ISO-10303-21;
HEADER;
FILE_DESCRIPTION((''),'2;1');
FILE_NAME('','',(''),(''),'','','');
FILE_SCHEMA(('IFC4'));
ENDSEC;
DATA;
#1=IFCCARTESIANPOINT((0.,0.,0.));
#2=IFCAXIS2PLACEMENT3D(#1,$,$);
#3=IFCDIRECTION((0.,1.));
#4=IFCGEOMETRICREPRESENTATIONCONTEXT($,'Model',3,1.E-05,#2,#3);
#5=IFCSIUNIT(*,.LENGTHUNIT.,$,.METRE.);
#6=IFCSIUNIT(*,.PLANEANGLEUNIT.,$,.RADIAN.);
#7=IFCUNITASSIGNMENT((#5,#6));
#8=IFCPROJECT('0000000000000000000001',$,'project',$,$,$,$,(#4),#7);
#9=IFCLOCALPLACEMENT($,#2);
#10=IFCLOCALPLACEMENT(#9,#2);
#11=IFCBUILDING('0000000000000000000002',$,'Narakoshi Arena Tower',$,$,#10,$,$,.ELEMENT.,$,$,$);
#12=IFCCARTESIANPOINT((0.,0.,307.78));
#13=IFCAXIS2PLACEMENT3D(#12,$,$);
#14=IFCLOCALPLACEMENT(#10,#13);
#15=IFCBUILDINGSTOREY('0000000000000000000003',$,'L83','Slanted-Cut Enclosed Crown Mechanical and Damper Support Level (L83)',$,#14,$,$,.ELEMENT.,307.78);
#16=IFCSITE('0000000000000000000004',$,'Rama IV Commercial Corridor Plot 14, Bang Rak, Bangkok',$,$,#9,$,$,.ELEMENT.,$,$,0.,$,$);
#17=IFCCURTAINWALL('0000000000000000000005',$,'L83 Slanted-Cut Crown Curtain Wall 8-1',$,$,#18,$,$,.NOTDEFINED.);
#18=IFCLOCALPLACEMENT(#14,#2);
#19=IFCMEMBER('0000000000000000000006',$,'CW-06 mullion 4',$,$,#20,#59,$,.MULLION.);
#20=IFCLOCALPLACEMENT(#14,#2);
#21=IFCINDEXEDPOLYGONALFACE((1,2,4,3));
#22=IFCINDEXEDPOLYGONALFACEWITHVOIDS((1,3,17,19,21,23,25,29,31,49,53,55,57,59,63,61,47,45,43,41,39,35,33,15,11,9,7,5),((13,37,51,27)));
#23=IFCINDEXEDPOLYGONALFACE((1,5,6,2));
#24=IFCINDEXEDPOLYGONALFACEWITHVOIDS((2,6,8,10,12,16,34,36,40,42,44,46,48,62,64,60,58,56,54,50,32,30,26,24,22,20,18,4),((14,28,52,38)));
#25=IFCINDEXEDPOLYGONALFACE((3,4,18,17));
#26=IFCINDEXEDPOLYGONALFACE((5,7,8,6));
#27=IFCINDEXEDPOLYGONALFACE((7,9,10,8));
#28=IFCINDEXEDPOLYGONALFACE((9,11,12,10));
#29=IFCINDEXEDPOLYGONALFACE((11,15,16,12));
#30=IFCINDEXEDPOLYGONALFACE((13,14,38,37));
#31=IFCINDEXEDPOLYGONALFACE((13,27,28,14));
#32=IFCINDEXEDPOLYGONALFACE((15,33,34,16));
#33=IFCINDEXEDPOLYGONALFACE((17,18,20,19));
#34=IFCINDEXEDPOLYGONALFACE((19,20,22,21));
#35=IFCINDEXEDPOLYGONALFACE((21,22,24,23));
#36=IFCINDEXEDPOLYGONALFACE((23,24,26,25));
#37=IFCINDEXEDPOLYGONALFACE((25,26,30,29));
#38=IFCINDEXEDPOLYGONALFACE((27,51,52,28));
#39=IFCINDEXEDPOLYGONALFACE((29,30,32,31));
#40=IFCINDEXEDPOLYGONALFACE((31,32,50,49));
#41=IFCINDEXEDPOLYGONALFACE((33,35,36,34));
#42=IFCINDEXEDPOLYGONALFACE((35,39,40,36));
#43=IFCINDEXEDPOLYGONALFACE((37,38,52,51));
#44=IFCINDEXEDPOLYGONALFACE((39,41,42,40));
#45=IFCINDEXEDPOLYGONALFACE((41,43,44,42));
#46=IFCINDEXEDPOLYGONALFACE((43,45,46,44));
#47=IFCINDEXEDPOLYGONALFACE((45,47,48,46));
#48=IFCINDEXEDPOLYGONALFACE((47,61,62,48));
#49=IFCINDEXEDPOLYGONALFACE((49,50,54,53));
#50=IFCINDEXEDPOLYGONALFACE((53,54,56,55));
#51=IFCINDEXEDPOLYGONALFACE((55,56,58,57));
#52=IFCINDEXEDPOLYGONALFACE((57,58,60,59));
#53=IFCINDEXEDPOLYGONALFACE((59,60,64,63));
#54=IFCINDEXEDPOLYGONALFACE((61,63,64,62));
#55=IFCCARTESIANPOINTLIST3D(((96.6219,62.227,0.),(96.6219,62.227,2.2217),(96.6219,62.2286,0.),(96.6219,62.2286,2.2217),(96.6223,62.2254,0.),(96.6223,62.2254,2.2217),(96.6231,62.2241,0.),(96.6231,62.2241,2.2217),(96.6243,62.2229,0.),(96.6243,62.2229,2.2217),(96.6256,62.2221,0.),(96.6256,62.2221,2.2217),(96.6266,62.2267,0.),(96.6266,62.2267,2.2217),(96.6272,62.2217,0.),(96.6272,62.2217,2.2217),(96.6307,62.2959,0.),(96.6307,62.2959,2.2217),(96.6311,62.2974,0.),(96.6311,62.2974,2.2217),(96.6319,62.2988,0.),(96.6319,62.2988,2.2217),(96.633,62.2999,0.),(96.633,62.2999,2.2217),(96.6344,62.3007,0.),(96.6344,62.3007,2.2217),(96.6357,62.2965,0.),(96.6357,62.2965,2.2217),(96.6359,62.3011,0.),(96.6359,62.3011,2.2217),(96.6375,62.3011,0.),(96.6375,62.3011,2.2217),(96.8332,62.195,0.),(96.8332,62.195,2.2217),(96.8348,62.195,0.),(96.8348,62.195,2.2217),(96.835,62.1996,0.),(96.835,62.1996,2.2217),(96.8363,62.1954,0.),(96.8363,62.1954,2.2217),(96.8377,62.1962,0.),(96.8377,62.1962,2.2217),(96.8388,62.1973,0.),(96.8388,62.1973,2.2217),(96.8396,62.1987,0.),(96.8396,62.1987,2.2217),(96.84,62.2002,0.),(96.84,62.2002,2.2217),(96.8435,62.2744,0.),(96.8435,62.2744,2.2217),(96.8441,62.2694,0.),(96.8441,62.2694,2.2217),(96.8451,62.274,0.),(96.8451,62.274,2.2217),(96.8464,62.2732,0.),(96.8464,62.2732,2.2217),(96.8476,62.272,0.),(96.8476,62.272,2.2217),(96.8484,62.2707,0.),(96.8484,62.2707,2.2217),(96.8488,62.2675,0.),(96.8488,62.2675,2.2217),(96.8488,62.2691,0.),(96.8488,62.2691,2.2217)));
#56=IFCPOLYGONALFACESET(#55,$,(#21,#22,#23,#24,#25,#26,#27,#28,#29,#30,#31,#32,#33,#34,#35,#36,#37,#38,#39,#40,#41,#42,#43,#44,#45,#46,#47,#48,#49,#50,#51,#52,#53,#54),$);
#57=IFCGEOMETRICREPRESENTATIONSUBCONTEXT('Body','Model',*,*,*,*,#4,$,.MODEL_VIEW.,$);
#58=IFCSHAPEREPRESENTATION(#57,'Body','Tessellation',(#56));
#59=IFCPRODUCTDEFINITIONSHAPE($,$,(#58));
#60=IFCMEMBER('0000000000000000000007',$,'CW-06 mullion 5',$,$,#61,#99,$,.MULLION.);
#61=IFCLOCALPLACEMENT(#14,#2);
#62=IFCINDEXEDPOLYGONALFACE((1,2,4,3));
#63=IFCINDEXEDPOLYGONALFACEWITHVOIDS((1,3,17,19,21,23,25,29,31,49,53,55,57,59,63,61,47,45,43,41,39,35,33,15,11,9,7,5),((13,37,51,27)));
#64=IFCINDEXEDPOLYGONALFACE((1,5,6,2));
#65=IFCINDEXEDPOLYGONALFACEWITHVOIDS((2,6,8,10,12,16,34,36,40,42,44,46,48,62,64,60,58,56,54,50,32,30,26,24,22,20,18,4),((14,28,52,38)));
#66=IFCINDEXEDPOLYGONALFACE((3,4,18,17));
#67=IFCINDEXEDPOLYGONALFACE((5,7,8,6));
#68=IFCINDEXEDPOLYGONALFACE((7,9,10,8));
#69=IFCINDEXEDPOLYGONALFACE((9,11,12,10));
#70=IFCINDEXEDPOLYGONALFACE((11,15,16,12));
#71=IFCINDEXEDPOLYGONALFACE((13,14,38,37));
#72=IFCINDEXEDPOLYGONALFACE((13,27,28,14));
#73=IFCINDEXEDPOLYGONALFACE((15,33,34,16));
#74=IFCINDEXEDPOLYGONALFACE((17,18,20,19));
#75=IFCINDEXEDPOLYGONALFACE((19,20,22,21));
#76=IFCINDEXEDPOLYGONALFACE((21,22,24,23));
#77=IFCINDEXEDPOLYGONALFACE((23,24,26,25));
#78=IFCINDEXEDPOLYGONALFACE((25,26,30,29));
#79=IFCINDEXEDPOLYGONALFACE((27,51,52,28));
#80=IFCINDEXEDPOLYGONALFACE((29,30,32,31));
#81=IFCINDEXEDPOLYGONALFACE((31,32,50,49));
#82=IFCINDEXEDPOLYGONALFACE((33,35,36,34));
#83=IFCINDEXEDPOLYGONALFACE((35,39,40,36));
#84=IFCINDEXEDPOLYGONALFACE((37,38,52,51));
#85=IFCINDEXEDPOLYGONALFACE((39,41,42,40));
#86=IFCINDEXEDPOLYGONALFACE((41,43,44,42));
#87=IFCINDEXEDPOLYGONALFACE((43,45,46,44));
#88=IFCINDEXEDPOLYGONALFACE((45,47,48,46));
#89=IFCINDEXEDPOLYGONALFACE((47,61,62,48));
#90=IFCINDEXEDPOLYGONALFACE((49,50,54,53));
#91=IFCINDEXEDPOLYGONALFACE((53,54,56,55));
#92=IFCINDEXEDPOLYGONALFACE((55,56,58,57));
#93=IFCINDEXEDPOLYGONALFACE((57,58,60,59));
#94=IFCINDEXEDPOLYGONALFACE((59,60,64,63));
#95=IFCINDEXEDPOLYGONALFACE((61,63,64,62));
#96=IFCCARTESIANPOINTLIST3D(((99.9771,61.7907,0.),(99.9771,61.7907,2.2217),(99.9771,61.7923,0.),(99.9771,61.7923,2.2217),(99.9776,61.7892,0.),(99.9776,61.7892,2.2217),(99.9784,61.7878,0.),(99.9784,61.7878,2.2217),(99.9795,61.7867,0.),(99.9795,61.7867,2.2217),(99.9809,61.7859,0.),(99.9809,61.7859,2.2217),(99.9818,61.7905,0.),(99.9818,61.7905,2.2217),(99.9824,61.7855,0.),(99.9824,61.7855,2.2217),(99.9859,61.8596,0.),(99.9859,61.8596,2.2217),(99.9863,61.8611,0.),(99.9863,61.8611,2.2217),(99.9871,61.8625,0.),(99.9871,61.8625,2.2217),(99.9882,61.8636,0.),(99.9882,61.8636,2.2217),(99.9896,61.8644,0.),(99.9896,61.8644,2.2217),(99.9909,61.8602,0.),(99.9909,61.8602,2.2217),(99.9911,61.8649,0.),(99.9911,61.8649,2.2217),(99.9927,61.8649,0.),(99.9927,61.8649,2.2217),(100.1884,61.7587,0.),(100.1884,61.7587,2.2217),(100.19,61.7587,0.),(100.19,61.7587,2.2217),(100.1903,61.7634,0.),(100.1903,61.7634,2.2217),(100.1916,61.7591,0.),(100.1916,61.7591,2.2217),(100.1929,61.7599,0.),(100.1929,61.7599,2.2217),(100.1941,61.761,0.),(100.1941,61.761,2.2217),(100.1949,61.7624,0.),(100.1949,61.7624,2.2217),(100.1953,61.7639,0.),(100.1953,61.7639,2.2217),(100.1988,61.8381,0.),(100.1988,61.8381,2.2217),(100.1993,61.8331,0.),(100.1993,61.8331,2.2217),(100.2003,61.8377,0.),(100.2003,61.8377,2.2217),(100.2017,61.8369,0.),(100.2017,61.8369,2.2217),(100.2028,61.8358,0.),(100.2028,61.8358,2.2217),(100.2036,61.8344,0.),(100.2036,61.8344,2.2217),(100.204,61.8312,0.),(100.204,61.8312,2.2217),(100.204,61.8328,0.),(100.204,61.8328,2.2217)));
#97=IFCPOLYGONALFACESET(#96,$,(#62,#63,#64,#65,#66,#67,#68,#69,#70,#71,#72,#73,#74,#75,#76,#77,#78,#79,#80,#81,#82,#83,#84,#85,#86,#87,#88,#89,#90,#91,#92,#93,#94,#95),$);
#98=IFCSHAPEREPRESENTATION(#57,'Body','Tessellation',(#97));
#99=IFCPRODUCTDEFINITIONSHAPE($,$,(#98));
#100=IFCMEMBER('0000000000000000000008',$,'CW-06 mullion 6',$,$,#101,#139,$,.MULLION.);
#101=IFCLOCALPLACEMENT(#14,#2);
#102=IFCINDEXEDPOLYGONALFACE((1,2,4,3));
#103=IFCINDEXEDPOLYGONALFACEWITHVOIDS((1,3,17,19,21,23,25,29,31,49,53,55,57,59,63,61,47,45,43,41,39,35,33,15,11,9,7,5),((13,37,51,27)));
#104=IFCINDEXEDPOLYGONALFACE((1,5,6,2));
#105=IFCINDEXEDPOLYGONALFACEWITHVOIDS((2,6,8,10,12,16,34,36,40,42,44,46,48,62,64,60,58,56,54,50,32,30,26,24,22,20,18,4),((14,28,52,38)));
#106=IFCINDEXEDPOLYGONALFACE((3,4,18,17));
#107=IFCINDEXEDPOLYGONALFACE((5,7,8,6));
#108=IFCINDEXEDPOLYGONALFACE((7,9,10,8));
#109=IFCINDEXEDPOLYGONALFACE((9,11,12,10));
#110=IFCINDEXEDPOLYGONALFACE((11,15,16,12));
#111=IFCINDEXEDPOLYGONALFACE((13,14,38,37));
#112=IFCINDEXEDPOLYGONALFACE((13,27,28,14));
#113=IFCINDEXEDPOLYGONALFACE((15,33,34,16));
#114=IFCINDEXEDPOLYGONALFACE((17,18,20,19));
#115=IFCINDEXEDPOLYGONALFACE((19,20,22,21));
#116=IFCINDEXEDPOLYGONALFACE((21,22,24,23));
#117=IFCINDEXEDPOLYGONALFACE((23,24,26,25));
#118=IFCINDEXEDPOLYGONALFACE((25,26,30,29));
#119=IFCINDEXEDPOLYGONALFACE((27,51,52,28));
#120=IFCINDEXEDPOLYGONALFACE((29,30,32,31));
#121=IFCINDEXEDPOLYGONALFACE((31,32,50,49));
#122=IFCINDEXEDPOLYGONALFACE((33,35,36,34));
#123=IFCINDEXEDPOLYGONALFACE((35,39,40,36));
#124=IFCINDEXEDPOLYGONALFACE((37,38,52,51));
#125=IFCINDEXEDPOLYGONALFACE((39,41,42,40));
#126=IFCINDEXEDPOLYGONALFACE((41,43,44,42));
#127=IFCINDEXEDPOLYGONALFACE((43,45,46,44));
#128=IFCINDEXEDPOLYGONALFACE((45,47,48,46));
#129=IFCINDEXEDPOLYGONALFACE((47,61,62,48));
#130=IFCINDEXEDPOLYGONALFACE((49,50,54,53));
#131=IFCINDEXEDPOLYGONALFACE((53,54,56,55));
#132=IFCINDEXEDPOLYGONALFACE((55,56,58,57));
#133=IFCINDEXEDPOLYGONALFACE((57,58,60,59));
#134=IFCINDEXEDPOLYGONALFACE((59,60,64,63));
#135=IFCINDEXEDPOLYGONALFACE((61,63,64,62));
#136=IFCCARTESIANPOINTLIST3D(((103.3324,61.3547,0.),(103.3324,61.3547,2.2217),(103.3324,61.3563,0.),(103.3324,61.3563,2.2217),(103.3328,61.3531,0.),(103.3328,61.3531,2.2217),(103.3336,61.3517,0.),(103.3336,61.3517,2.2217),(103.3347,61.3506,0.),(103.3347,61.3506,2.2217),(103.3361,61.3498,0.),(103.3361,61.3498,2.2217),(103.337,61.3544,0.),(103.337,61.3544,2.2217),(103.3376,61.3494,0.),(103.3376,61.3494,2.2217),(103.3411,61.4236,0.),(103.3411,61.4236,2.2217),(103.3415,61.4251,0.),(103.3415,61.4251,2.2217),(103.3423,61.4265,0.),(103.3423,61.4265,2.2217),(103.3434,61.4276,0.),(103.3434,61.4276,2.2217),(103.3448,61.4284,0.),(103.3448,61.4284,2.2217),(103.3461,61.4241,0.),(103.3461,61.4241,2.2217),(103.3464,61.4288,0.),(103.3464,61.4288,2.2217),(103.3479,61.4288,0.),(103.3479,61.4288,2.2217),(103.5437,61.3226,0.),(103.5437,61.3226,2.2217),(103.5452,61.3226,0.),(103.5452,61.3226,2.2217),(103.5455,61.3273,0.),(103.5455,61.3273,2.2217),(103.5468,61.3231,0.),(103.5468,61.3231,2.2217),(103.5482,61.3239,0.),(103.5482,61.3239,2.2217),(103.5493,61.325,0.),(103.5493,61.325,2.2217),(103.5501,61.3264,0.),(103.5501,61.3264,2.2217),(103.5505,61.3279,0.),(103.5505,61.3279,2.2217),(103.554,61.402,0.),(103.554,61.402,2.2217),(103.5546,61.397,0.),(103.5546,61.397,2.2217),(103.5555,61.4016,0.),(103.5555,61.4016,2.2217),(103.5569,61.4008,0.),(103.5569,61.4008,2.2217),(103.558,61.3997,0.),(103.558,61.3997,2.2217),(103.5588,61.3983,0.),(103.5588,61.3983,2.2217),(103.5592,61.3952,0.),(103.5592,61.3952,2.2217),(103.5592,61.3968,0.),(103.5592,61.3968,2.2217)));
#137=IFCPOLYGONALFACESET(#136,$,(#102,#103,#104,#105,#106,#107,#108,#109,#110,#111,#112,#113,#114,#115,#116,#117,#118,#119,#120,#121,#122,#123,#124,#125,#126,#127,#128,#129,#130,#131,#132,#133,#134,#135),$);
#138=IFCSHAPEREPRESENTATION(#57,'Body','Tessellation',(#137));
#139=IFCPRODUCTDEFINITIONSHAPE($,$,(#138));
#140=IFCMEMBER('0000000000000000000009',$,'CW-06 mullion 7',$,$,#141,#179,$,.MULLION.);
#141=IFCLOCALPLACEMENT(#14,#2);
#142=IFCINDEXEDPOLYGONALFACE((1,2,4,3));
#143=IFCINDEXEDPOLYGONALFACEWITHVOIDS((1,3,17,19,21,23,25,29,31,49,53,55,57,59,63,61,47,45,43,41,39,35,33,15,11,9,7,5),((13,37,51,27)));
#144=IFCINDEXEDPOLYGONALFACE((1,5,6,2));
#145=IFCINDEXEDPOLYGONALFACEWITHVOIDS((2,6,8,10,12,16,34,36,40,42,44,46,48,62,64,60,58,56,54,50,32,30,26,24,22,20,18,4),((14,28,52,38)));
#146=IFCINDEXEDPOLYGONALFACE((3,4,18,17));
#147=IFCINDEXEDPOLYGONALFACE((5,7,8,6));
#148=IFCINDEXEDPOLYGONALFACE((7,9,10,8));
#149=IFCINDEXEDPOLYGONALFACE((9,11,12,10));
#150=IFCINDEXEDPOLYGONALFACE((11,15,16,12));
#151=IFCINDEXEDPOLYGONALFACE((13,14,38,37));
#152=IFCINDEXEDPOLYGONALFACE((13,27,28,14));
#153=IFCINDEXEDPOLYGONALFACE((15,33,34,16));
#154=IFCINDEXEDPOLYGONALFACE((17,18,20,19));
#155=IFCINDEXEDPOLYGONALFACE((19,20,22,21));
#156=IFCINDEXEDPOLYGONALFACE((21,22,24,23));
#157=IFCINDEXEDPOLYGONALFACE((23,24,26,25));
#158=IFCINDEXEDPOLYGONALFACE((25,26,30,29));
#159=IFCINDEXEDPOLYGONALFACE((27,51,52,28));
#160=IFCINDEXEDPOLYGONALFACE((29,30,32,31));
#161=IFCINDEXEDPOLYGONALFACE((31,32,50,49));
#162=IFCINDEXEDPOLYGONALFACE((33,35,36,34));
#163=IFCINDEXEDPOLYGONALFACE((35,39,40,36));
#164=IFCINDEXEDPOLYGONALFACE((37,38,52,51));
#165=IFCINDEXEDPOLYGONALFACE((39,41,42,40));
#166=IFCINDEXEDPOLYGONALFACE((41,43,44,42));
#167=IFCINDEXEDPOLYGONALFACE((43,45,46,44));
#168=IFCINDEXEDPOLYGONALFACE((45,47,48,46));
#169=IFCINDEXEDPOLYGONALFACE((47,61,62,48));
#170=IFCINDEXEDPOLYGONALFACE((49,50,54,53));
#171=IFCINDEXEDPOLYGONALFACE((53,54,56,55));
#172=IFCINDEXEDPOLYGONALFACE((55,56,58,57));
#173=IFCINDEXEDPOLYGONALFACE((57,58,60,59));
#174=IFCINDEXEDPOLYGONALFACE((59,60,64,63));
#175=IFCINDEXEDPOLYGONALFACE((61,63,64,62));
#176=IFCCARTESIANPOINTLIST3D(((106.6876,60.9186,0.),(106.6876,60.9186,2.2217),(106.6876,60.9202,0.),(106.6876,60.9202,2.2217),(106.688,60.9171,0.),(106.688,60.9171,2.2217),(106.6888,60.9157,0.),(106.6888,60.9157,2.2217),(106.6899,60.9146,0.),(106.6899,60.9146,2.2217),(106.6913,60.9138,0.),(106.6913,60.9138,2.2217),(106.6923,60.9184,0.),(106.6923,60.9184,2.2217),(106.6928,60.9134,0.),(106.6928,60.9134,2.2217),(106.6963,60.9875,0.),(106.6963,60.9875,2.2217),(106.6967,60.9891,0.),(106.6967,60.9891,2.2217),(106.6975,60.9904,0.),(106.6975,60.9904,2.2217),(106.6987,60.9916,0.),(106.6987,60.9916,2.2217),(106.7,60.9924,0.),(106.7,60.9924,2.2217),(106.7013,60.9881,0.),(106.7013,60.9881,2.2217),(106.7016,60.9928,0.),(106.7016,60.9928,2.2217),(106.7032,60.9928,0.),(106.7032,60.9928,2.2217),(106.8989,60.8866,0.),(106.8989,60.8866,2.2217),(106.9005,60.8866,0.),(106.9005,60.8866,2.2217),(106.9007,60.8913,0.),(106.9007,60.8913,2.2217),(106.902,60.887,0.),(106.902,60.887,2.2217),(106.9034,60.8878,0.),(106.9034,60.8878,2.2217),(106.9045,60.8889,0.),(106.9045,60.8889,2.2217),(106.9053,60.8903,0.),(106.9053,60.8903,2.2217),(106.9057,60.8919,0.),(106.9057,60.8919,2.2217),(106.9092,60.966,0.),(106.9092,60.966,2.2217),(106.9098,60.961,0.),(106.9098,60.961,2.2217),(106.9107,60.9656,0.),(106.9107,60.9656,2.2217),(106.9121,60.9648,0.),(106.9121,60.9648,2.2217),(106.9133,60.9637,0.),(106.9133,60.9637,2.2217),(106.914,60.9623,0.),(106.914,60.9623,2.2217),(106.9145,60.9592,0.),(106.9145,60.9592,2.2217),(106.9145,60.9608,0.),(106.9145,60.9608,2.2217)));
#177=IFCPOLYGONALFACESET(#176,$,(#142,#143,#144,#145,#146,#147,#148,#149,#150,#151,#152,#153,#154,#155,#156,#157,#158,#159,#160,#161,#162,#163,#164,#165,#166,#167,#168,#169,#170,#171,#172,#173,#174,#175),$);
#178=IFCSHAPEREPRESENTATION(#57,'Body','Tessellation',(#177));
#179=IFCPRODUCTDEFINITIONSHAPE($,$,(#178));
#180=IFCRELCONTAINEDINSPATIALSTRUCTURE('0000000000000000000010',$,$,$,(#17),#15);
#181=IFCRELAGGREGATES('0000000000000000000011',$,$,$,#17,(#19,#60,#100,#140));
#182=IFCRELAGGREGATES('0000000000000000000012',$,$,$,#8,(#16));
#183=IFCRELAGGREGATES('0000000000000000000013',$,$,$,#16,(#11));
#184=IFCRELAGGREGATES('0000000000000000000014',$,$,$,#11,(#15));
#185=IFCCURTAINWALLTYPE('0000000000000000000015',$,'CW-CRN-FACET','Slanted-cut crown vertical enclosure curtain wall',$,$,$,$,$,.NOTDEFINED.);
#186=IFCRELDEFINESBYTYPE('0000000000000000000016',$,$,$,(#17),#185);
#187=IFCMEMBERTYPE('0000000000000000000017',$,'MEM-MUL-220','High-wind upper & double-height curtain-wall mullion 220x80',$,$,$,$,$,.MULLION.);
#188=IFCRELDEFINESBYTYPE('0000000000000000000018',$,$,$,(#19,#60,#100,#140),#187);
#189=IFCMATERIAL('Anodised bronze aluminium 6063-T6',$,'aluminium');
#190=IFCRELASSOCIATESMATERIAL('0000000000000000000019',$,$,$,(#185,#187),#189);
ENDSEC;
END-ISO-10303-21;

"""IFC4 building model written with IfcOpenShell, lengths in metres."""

from ifc_helpers import new_model, si_unit, direction, frame, origin, origin_2d, place, context, subcontext, project, spatial, hollow_rectangle, extrude, material, material_profile, profile_set, type_object, element, aggregate, save


model = new_model("IFC4")

# Units and contexts
model_context = context("Model", 3, precision=1e-05, world=origin(), true_north=direction((0.0, 1.0)))
body_context = subcontext(model_context, "Body", "Model", "MODEL_VIEW")
ifc_project = project(units=[si_unit("LENGTHUNIT", "METRE"), si_unit("PLANEANGLEUNIT", "RADIAN")], contexts=[model_context])

# Site, building, storey
site_placement = place(None, origin())
site = spatial("IfcSite", under=ifc_project, at=site_placement, Name="Rama IV Commercial Corridor Plot 14, Bang Rak, Bangkok", CompositionType="ELEMENT", RefElevation=0.0)
building_placement = place(site_placement, origin())
building = spatial("IfcBuilding", under=site, at=building_placement, Name="Narakoshi Arena Tower", CompositionType="ELEMENT")
storey_placement = place(building_placement, frame((0.0, 0.0, 307.78)))
storey = spatial("IfcBuildingStorey", under=building, at=storey_placement, Name="L83", Description="Slanted-Cut Enclosed Crown Mechanical and Damper Support Level (L83)", CompositionType="ELEMENT", Elevation=307.78)

# Curtain wall, members
ifc_material_1 = material(Name="Anodised bronze aluminium 6063-T6", Category="aluminium")
curtain_wall_type = type_object("IfcCurtainWallType", Name="CW-CRN-FACET", Description="Slanted-cut crown vertical enclosure curtain wall", PredefinedType="NOTDEFINED", material=ifc_material_1)
curtain_wall_placement = place(storey_placement, origin())
curtain_wall = element("IfcCurtainWall", 1, at=curtain_wall_placement, inside=storey, type_object=curtain_wall_type, Name="L83 Slanted-Cut Crown Curtain Wall 8-1", PredefinedType="NOTDEFINED")
ifc_material_profile_1 = material_profile(ifc_material_1, hollow_rectangle(XDim=0.0801, YDim=0.22, WallThickness=0.0049, OuterFilletRadius=0.0061, at=origin_2d()), Name="MUL220x80x5")
ifc_profile_set_1 = profile_set([ifc_material_profile_1], Name="Anodised bronze aluminium 6063-T6")
member_type_1 = type_object("IfcMemberType", Name="MEM-MUL-220", Description="High-wind upper & double-height curtain-wall mullion 220x80", PredefinedType="MULLION", material=ifc_profile_set_1)
member_1_placement = place(storey_placement, frame((96.7354, 62.248, 0.0), z_axis=(0.0, 0.0, 1.0), x_axis=(0.12889, 0.991659, 0.0)))
member_1 = element("IfcMember", 2, at=member_1_placement, type_object=member_type_1, Name="CW-06 mullion 4", PredefinedType="MULLION", context=body_context, shape_type="SweptSolid", body=[
    extrude(hollow_rectangle(XDim=0.0801, YDim=0.22, WallThickness=0.0049, OuterFilletRadius=0.0061, at=origin_2d()), origin(), (0.0, 0.0, 1.0), 2.2217),
])
member_2_placement = place(storey_placement, frame((100.0906, 61.8118, 0.0), z_axis=(0.0, 0.0, 1.0), x_axis=(0.12889, 0.991659, 0.0)))
member_2 = element("IfcMember", 3, at=member_2_placement, type_object=member_type_1, Name="CW-06 mullion 5", PredefinedType="MULLION", context=body_context, shape_type="SweptSolid", body=[
    extrude(hollow_rectangle(XDim=0.0801, YDim=0.22, WallThickness=0.0049, OuterFilletRadius=0.0061, at=origin_2d()), origin(), (0.0, 0.0, 1.0), 2.2217),
])
member_3_placement = place(storey_placement, frame((103.4458, 61.3757, 0.0), z_axis=(0.0, 0.0, 1.0), x_axis=(0.12889, 0.991659, 0.0)))
member_3 = element("IfcMember", 4, at=member_3_placement, type_object=member_type_1, Name="CW-06 mullion 6", PredefinedType="MULLION", context=body_context, shape_type="SweptSolid", body=[
    extrude(hollow_rectangle(XDim=0.0801, YDim=0.22, WallThickness=0.0049, OuterFilletRadius=0.0061, at=origin_2d()), origin(), (0.0, 0.0, 1.0), 2.2217),
])
member_4_placement = place(storey_placement, frame((106.801, 60.9397, 0.0), z_axis=(0.0, 0.0, 1.0), x_axis=(0.12889, 0.991659, 0.0)))
member_4 = element("IfcMember", 5, at=member_4_placement, type_object=member_type_1, Name="CW-06 mullion 7", PredefinedType="MULLION", context=body_context, shape_type="SweptSolid", body=[
    extrude(hollow_rectangle(XDim=0.0801, YDim=0.22, WallThickness=0.0049, OuterFilletRadius=0.0061, at=origin_2d()), origin(), (0.0, 0.0, 1.0), 2.2217),
])
aggregate(curtain_wall, [member_1, member_2, member_3, member_4])

save(model, "model.ifc")
